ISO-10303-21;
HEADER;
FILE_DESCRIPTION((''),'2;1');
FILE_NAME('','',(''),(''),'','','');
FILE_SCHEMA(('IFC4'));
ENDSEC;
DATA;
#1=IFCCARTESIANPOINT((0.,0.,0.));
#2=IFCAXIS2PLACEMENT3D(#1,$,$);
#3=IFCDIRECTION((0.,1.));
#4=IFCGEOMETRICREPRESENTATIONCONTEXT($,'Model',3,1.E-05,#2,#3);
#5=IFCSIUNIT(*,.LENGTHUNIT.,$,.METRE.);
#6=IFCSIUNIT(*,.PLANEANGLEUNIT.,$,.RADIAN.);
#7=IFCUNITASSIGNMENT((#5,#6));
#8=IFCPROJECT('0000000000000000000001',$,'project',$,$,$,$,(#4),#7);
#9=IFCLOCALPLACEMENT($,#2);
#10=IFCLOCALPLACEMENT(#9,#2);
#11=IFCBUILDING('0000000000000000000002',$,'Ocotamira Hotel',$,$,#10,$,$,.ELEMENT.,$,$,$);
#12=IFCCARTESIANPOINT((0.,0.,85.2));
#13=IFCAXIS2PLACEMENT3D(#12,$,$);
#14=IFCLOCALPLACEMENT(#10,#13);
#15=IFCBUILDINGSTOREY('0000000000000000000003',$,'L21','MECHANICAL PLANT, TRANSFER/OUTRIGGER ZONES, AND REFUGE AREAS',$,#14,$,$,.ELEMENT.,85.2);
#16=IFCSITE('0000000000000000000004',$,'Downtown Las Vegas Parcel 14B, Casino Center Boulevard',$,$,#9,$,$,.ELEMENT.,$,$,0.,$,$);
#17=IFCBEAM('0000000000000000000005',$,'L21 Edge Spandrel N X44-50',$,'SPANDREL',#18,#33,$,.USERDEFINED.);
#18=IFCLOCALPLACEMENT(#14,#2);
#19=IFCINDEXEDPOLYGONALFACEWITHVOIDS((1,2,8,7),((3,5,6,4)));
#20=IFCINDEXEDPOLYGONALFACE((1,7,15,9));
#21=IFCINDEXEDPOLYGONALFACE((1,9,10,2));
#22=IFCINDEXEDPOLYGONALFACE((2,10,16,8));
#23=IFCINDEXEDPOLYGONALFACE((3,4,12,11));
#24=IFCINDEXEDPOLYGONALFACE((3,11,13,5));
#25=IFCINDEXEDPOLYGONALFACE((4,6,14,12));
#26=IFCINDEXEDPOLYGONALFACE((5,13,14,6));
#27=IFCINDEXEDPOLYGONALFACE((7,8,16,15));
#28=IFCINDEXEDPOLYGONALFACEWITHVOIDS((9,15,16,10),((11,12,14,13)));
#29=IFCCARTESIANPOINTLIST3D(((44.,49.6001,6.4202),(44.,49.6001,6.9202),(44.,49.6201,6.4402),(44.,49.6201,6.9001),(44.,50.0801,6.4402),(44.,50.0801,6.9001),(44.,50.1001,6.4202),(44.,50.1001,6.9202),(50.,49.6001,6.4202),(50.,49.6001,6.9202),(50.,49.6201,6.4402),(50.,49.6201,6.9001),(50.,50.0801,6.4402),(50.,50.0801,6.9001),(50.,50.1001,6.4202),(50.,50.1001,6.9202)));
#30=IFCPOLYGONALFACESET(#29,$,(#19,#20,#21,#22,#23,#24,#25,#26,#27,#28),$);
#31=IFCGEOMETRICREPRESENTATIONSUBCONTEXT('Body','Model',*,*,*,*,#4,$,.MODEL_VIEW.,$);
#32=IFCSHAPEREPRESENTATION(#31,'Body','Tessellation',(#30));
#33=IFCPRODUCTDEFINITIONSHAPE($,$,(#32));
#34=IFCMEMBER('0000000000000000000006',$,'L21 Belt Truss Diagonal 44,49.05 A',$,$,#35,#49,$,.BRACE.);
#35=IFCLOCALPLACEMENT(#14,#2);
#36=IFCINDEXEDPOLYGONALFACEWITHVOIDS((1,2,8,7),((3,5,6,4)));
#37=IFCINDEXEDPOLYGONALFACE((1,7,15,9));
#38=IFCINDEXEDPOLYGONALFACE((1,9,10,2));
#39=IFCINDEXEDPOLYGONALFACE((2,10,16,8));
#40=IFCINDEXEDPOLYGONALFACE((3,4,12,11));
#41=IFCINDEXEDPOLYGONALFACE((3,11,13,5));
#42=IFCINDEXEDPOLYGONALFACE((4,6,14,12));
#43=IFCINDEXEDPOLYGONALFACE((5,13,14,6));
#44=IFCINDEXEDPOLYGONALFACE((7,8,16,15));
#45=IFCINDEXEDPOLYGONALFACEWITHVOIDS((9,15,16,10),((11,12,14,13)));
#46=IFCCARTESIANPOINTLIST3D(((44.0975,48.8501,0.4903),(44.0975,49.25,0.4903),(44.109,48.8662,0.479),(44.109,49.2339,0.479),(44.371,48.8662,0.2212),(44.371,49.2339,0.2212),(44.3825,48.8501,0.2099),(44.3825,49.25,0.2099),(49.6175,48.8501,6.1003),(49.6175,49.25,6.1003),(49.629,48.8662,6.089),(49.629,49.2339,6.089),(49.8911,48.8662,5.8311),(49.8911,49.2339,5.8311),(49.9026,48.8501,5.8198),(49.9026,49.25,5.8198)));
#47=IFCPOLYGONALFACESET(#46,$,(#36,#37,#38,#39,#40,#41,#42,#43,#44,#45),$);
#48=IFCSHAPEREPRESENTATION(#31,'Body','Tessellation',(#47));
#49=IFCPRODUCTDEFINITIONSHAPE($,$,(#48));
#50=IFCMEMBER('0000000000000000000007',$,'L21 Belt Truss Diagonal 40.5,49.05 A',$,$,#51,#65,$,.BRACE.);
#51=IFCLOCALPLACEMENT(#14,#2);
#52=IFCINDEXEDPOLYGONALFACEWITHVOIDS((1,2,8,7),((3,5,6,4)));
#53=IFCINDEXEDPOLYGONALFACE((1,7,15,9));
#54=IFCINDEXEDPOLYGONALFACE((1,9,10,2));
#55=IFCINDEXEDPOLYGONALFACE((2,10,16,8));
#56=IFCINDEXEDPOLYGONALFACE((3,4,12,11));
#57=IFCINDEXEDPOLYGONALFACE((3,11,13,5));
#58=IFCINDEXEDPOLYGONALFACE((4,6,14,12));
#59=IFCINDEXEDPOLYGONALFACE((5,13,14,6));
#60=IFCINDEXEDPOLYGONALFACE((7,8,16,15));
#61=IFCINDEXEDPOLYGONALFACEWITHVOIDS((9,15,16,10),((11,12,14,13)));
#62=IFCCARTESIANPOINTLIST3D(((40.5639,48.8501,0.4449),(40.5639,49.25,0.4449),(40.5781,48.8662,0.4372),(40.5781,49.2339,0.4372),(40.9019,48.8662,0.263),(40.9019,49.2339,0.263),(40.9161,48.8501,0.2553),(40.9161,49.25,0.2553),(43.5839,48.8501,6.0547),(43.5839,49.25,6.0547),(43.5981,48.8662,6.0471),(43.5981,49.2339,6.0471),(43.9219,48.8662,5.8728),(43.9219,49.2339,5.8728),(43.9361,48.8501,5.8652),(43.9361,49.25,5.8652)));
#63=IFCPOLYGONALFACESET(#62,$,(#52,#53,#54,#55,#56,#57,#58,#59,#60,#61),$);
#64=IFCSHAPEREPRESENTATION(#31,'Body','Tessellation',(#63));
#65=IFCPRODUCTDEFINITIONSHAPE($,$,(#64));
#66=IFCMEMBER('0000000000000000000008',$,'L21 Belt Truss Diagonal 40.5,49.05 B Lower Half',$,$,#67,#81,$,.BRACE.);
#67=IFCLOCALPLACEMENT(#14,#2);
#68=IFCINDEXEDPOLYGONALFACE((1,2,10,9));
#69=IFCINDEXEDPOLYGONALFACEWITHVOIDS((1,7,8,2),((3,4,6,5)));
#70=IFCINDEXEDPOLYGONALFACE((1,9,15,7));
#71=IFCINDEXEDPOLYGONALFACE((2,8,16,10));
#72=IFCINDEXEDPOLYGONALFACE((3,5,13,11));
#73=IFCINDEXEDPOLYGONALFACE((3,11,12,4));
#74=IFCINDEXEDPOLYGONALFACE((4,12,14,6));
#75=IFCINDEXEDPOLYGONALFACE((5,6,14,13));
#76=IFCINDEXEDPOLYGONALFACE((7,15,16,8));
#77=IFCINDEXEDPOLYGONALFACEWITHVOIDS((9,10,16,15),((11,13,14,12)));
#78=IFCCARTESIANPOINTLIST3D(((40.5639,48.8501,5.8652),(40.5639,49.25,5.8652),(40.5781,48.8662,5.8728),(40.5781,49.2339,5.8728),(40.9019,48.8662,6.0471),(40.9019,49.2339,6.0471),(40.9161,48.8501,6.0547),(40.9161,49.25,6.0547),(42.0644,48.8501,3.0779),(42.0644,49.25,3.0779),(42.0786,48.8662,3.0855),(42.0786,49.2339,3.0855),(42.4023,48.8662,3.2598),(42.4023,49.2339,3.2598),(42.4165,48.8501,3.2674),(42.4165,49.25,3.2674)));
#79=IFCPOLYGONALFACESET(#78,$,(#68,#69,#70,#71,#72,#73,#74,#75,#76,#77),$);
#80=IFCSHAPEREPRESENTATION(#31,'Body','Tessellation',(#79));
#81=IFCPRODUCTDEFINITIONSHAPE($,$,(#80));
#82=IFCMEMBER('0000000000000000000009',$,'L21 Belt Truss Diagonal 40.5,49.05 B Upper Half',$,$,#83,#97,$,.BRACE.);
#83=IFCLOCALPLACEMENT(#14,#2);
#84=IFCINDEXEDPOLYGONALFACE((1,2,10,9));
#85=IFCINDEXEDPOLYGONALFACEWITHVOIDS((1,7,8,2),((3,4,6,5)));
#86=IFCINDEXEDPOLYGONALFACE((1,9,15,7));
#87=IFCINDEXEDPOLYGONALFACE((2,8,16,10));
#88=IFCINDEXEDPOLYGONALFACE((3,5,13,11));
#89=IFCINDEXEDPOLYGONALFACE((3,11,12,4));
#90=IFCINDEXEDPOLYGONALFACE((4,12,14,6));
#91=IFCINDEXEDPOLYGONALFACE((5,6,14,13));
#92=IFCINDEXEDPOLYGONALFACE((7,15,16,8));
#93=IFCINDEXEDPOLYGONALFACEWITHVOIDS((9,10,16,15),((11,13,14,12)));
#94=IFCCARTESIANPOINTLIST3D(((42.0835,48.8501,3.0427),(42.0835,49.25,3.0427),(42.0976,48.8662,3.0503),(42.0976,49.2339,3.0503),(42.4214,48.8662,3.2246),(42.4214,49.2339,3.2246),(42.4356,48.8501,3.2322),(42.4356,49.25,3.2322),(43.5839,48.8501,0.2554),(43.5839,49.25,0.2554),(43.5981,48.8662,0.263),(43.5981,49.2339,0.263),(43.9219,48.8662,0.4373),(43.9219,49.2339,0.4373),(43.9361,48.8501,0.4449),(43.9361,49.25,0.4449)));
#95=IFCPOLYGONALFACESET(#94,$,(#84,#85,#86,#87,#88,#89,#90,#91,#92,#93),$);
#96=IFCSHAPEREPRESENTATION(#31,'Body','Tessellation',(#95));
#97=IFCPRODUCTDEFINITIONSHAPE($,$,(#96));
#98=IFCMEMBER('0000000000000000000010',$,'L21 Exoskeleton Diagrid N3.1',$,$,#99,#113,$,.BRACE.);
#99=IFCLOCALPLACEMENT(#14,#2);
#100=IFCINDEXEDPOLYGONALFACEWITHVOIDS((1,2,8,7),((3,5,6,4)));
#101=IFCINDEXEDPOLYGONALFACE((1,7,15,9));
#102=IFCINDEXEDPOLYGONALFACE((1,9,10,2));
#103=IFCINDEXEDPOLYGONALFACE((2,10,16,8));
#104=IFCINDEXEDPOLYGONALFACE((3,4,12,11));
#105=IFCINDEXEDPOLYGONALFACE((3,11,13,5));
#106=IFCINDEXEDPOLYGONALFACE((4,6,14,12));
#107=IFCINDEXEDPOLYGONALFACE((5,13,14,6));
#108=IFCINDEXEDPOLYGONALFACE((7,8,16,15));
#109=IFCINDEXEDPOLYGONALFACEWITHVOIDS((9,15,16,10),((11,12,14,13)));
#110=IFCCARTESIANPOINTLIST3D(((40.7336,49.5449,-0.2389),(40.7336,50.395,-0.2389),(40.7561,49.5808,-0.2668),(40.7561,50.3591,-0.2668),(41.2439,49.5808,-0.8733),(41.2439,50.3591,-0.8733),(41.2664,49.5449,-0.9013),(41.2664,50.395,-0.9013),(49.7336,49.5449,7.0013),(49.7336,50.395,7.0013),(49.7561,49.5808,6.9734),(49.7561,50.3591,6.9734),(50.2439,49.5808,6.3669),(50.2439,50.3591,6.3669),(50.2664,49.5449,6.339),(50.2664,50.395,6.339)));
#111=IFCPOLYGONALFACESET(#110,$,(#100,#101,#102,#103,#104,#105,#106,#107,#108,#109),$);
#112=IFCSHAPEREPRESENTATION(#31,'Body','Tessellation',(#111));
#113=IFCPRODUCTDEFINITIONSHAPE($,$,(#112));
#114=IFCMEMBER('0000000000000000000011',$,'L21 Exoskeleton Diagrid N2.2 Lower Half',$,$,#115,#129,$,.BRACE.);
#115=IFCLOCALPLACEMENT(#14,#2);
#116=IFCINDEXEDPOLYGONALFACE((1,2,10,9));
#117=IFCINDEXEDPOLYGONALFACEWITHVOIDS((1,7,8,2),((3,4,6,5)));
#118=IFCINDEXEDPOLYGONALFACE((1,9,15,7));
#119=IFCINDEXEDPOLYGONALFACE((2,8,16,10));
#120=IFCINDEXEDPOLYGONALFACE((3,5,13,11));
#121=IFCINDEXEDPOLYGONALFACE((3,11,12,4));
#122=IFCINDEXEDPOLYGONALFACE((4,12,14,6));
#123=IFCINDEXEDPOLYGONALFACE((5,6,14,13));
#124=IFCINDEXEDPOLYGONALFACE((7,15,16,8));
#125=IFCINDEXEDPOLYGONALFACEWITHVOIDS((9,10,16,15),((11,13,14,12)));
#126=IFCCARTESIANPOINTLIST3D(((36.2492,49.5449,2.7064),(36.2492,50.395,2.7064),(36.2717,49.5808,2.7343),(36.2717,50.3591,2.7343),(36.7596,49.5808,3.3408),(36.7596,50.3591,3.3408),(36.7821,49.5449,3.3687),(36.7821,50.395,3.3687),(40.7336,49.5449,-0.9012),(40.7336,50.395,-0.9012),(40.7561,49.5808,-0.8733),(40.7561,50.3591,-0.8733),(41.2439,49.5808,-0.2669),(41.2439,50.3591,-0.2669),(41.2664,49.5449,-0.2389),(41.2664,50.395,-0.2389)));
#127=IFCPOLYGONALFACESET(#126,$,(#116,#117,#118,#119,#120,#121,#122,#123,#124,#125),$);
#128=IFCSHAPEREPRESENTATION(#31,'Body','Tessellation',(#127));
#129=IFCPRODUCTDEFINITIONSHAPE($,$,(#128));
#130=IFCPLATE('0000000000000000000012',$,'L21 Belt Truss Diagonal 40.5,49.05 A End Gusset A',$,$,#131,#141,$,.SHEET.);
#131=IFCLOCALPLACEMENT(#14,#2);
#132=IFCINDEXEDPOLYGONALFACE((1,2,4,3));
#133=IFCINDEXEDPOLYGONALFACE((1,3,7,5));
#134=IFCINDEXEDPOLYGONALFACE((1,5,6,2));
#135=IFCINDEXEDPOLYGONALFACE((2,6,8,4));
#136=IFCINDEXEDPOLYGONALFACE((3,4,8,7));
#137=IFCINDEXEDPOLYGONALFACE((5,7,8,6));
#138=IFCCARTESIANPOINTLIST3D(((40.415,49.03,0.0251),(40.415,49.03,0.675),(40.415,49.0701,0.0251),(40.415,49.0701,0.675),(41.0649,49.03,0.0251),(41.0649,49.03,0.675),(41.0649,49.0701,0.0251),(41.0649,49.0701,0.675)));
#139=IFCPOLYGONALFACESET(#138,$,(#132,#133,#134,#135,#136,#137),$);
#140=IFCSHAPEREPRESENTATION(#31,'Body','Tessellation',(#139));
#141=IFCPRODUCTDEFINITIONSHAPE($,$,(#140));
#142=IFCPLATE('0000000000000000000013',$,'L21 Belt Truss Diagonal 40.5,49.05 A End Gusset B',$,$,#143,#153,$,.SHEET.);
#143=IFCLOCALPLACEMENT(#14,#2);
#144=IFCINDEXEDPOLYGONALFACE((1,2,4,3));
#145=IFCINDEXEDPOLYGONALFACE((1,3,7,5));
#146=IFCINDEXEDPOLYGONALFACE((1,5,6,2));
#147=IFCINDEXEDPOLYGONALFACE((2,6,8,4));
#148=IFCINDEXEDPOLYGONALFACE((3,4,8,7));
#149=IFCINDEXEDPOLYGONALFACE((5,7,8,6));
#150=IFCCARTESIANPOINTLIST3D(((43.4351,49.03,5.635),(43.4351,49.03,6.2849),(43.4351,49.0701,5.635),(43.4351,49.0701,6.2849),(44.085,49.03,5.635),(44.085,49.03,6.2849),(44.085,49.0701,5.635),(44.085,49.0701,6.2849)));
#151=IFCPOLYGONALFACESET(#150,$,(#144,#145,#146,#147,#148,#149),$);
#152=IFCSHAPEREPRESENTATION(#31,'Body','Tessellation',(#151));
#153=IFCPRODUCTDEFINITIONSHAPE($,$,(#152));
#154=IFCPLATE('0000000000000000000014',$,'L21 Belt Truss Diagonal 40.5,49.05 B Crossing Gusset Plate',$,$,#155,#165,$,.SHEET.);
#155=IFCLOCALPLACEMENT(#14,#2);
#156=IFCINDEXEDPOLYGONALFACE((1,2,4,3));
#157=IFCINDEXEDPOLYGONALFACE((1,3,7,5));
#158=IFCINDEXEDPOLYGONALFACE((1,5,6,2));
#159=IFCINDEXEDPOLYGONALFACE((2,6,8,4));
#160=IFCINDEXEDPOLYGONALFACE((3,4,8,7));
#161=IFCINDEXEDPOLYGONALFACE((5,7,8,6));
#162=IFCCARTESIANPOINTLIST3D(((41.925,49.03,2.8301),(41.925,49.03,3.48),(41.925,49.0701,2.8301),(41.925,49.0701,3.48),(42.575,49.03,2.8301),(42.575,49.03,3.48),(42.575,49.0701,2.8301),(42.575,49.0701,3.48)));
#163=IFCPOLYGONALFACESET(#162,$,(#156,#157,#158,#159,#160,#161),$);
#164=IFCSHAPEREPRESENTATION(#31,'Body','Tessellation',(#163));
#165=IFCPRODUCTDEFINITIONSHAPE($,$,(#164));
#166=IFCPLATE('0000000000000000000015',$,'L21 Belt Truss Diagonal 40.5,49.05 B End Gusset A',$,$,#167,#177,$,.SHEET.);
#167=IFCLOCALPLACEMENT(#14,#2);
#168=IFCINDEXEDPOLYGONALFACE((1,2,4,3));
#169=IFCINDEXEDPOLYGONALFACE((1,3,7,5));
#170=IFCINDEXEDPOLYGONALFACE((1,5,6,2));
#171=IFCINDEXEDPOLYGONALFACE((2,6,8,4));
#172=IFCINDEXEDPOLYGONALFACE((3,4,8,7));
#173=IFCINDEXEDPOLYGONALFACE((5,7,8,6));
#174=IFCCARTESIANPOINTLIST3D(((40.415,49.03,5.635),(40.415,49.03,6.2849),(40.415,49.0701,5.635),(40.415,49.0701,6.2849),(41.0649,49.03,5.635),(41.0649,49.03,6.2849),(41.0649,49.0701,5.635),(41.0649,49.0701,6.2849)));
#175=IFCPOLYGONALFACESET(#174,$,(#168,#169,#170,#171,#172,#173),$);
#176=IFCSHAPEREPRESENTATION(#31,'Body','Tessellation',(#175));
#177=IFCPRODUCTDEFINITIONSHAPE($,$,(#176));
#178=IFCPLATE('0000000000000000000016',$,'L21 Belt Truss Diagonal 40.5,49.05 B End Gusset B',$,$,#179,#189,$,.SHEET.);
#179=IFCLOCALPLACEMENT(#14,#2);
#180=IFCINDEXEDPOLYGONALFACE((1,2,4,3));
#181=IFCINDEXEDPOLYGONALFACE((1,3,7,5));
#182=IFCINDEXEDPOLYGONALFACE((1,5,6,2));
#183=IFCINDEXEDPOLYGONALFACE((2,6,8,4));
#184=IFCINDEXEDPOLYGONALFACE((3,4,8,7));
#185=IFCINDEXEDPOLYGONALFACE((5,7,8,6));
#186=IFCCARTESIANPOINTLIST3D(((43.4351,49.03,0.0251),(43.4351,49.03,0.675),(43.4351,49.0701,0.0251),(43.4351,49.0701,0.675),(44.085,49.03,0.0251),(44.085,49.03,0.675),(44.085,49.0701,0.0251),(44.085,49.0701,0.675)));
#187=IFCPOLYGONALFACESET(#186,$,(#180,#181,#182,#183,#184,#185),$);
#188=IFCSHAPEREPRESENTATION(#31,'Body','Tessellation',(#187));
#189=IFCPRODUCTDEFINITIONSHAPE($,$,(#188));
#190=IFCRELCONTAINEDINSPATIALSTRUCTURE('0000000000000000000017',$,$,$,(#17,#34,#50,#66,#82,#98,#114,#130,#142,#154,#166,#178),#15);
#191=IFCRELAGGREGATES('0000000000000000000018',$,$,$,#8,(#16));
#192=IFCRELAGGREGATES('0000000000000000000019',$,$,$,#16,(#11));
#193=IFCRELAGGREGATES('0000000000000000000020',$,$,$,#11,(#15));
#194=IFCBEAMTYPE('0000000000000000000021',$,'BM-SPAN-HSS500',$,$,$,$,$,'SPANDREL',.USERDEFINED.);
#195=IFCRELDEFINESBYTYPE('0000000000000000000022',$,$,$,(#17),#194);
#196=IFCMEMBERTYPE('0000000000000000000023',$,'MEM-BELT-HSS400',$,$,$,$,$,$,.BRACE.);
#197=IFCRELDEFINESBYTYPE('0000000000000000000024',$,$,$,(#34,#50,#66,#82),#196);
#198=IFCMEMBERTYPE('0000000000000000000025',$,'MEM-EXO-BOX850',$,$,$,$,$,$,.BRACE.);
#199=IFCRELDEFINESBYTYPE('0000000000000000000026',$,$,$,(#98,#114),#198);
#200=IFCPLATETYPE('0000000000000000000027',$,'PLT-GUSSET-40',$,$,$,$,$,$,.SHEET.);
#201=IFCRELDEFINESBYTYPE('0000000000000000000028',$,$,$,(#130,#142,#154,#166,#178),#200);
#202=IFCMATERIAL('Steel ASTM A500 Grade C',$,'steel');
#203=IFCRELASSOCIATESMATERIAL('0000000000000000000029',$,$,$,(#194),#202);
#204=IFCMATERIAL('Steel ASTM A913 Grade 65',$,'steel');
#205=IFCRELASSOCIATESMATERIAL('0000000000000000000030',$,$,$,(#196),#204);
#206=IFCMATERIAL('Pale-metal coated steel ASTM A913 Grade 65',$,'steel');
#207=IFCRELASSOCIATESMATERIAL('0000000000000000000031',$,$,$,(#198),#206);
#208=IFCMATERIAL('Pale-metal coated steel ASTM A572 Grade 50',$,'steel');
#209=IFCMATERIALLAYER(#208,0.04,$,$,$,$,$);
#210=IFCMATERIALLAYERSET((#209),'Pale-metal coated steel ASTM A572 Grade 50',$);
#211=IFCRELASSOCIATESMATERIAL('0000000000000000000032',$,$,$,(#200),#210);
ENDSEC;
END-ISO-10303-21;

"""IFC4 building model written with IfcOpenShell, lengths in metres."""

from ifc_helpers import new_model, si_unit, direction, frame, origin, origin_2d, place, context, subcontext, project, spatial, rectangle, hollow_rectangle, extrude, source, transform, mapped, material, layer, layer_set, material_profile, profile_set, type_object, element, save


model = new_model("IFC4")

# Units and contexts
model_context = context("Model", 3, precision=1e-05, world=origin(), true_north=direction((0.0, 1.0)))
body_context = subcontext(model_context, "Body", "Model", "MODEL_VIEW")
ifc_project = project(units=[si_unit("LENGTHUNIT", "METRE"), si_unit("PLANEANGLEUNIT", "RADIAN")], contexts=[model_context])

# Site, building, storey
site_placement = place(None, origin())
site = spatial("IfcSite", under=ifc_project, at=site_placement, Name="Downtown Las Vegas Parcel 14B, Casino Center Boulevard", CompositionType="ELEMENT", RefElevation=0.0)
building_placement = place(site_placement, origin())
building = spatial("IfcBuilding", under=site, at=building_placement, Name="Ocotamira Hotel", CompositionType="ELEMENT")
storey_placement = place(building_placement, frame((0.0, 0.0, 85.2)))
storey = spatial("IfcBuildingStorey", under=building, at=storey_placement, Name="L21", Description="MECHANICAL PLANT, TRANSFER/OUTRIGGER ZONES, AND REFUGE AREAS", CompositionType="ELEMENT", Elevation=85.2)

# Shared definitions
ifc_material_1 = material(Name="Steel ASTM A913 Grade 65", Category="steel")

# Beam
ifc_material_2 = material(Name="Steel ASTM A500 Grade C", Category="steel")
ifc_material_profile_1 = material_profile(ifc_material_2, hollow_rectangle(XDim=0.5, YDim=0.5, WallThickness=0.02, at=origin_2d()), Name="HSS500X500X20")
ifc_profile_set_1 = profile_set([ifc_material_profile_1], Name="Steel ASTM A500 Grade C")
beam_type_1 = type_object("IfcBeamType", Name="BM-SPAN-HSS500", ElementType="SPANDREL", PredefinedType="USERDEFINED", material=ifc_profile_set_1)
shared_shape_1 = source(origin(), body_context, "Body", "SweptSolid", [
    extrude(hollow_rectangle(XDim=0.5, YDim=0.5, WallThickness=0.02, at=origin_2d()), origin(), (0.0, 0.0, 1.0), 6.0),
])
beam_1_placement = place(storey_placement, frame((44.0, 49.8501, 6.6702), z_axis=(1.0, 0.0, 0.0), x_axis=(0.0, 1.0, 0.0)))
element("IfcBeam", 1, at=beam_1_placement, inside=storey, type_object=beam_type_1, Name="L21 Edge Spandrel N X44-50", ObjectType="SPANDREL", PredefinedType="USERDEFINED", context=body_context, shape_type="MappedRepresentation", body=[
    mapped(shared_shape_1, transform((0.0, 0.0, 0.0), scale=1.0)),
])

# Members
ifc_material_profile_2 = material_profile(ifc_material_1, hollow_rectangle(XDim=0.3999, YDim=0.3999, WallThickness=0.0161, at=origin_2d()), Name="HSS400X400X16")
ifc_profile_set_2 = profile_set([ifc_material_profile_2], Name="Steel ASTM A913 Grade 65")
member_type_1 = type_object("IfcMemberType", Name="MEM-BELT-HSS400", PredefinedType="BRACE", material=ifc_profile_set_2)
shared_shape_2 = source(origin(), body_context, "Body", "SweptSolid", [
    extrude(hollow_rectangle(XDim=0.3999, YDim=0.3999, WallThickness=0.0161, at=origin_2d()), origin(), (0.0, 0.0, 1.0), 7.8704),
])
member_1_placement = place(storey_placement, frame((44.24, 49.05, 0.3501), z_axis=(0.701376, 0.0, 0.712792), x_axis=(0.0, 1.0, 0.0)))
element("IfcMember", 2, at=member_1_placement, inside=storey, type_object=member_type_1, Name="L21 Belt Truss Diagonal 44,49.05 A", PredefinedType="BRACE", context=body_context, shape_type="MappedRepresentation", body=[
    mapped(shared_shape_2, transform((0.0, 0.0, 0.0), scale=1.0)),
])
shared_shape_3 = source(origin(), body_context, "Body", "SweptSolid", [
    extrude(hollow_rectangle(XDim=0.3999, YDim=0.3999, WallThickness=0.0161, at=origin_2d()), origin(), (0.0, 0.0, 1.0), 6.3711),
])
member_2_placement = place(storey_placement, frame((40.74, 49.05, 0.3501), z_axis=(0.474018, 0.0, 0.880515), x_axis=(0.0, 1.0, 0.0)))
element("IfcMember", 3, at=member_2_placement, inside=storey, type_object=member_type_1, Name="L21 Belt Truss Diagonal 40.5,49.05 A", PredefinedType="BRACE", context=body_context, shape_type="MappedRepresentation", body=[
    mapped(shared_shape_3, transform((0.0, 0.0, 0.0), scale=1.0)),
])
shared_shape_4 = source(origin(), body_context, "Body", "SweptSolid", [
    extrude(hollow_rectangle(XDim=0.3999, YDim=0.3999, WallThickness=0.0161, at=origin_2d()), origin(), (0.0, 0.0, 1.0), 3.1655),
])
for number, where, z_axis, x_axis, name in (
    (4, (40.74, 49.05, 5.96), (0.474003, 0.0, -0.880523), (0.0, 1.0, 0.0), "L21 Belt Truss Diagonal 40.5,49.05 B Lower Half"),
    (5, (42.2595, 49.05, 3.1375), (0.474003, 0.0, -0.880523), (0.0, 1.0, 0.0), "L21 Belt Truss Diagonal 40.5,49.05 B Upper Half"),
):
    element("IfcMember", number, at=place(storey_placement, frame(where, z_axis=z_axis, x_axis=x_axis)), inside=storey, type_object=member_type_1, Name=name, PredefinedType="BRACE", context=body_context, shape_type="MappedRepresentation", body=[
        mapped(shared_shape_4, transform((0.0, 0.0, 0.0), scale=1.0)),
    ])
ifc_material_3 = material(Name="Pale-metal coated steel ASTM A913 Grade 65", Category="steel")
ifc_material_profile_3 = material_profile(ifc_material_3, hollow_rectangle(XDim=0.8501, YDim=0.8501, WallThickness=0.0359, at=origin_2d()), Name="BOX850X850X36")
ifc_profile_set_3 = profile_set([ifc_material_profile_3], Name="Pale-metal coated steel ASTM A913 Grade 65")
member_type_2 = type_object("IfcMemberType", Name="MEM-EXO-BOX850", PredefinedType="BRACE", material=ifc_profile_set_3)
shared_shape_5 = source(origin(), body_context, "Body", "SweptSolid", [
    extrude(hollow_rectangle(XDim=0.8501, YDim=0.8501, WallThickness=0.0359, at=origin_2d()), origin(), (0.0, 0.0, 1.0), 11.5508),
])
member_3_placement = place(storey_placement, frame((41.0, 49.97, -0.5701), z_axis=(0.779167, 0.0, 0.626817), x_axis=(0.0, 1.0, 0.0)))
element("IfcMember", 6, at=member_3_placement, inside=storey, type_object=member_type_2, Name="L21 Exoskeleton Diagrid N3.1", PredefinedType="BRACE", context=body_context, shape_type="MappedRepresentation", body=[
    mapped(shared_shape_5, transform((0.0, 0.0, 0.0), scale=1.0)),
])
shared_shape_6 = source(origin(), body_context, "Body", "SweptSolid", [
    extrude(hollow_rectangle(XDim=0.8501, YDim=0.8501, WallThickness=0.0359, at=origin_2d()), origin(), (0.0, 0.0, 1.0), 5.7554),
])
member_4_placement = place(storey_placement, frame((41.0, 49.97, -0.5701), z_axis=(-0.779157, 0.0, 0.626829), x_axis=(0.0, -1.0, 0.0)))
element("IfcMember", 7, at=member_4_placement, inside=storey, type_object=member_type_2, Name="L21 Exoskeleton Diagrid N2.2 Lower Half", PredefinedType="BRACE", context=body_context, shape_type="MappedRepresentation", body=[
    mapped(shared_shape_6, transform((0.0, 0.0, 0.0), scale=1.0)),
])

# Plates
ifc_material_4 = material(Name="Pale-metal coated steel ASTM A572 Grade 50", Category="steel")
ifc_layer_1 = layer(ifc_material_4, 0.04)
ifc_layer_set_1 = layer_set([ifc_layer_1], Name="Pale-metal coated steel ASTM A572 Grade 50")
plate_type = type_object("IfcPlateType", Name="PLT-GUSSET-40", PredefinedType="SHEET", material=ifc_layer_set_1)
shared_shape_7 = source(origin(), body_context, "Body", "SweptSolid", [
    extrude(rectangle(XDim=0.6499, YDim=0.04, at=origin_2d()), origin(), (0.0, 0.0, 1.0), 0.6499),
])
for number, where, z_axis, x_axis, name in (
    (8, (40.74, 49.05, 0.0251), (0.0, 0.0, 1.0), (1.0, 0.0, 0.0), "L21 Belt Truss Diagonal 40.5,49.05 A End Gusset A"),
    (9, (43.76, 49.05, 5.635), (0.0, 0.0, 1.0), (1.0, 0.0, 0.0), "L21 Belt Truss Diagonal 40.5,49.05 A End Gusset B"),
    (10, (42.25, 49.05, 2.8301), (0.0, 0.0, 1.0), (1.0, 0.0, 0.0), "L21 Belt Truss Diagonal 40.5,49.05 B Crossing Gusset Plate"),
    (11, (40.74, 49.05, 5.635), (0.0, 0.0, 1.0), (1.0, 0.0, 0.0), "L21 Belt Truss Diagonal 40.5,49.05 B End Gusset A"),
    (12, (43.76, 49.05, 0.0251), (0.0, 0.0, 1.0), (1.0, 0.0, 0.0), "L21 Belt Truss Diagonal 40.5,49.05 B End Gusset B"),
):
    element("IfcPlate", number, at=place(storey_placement, frame(where, z_axis=z_axis, x_axis=x_axis)), inside=storey, type_object=plate_type, Name=name, PredefinedType="SHEET", context=body_context, shape_type="MappedRepresentation", body=[
        mapped(shared_shape_7, transform((0.0, 0.0, 0.0), scale=1.0)),
    ])

save(model, "model.ifc")
